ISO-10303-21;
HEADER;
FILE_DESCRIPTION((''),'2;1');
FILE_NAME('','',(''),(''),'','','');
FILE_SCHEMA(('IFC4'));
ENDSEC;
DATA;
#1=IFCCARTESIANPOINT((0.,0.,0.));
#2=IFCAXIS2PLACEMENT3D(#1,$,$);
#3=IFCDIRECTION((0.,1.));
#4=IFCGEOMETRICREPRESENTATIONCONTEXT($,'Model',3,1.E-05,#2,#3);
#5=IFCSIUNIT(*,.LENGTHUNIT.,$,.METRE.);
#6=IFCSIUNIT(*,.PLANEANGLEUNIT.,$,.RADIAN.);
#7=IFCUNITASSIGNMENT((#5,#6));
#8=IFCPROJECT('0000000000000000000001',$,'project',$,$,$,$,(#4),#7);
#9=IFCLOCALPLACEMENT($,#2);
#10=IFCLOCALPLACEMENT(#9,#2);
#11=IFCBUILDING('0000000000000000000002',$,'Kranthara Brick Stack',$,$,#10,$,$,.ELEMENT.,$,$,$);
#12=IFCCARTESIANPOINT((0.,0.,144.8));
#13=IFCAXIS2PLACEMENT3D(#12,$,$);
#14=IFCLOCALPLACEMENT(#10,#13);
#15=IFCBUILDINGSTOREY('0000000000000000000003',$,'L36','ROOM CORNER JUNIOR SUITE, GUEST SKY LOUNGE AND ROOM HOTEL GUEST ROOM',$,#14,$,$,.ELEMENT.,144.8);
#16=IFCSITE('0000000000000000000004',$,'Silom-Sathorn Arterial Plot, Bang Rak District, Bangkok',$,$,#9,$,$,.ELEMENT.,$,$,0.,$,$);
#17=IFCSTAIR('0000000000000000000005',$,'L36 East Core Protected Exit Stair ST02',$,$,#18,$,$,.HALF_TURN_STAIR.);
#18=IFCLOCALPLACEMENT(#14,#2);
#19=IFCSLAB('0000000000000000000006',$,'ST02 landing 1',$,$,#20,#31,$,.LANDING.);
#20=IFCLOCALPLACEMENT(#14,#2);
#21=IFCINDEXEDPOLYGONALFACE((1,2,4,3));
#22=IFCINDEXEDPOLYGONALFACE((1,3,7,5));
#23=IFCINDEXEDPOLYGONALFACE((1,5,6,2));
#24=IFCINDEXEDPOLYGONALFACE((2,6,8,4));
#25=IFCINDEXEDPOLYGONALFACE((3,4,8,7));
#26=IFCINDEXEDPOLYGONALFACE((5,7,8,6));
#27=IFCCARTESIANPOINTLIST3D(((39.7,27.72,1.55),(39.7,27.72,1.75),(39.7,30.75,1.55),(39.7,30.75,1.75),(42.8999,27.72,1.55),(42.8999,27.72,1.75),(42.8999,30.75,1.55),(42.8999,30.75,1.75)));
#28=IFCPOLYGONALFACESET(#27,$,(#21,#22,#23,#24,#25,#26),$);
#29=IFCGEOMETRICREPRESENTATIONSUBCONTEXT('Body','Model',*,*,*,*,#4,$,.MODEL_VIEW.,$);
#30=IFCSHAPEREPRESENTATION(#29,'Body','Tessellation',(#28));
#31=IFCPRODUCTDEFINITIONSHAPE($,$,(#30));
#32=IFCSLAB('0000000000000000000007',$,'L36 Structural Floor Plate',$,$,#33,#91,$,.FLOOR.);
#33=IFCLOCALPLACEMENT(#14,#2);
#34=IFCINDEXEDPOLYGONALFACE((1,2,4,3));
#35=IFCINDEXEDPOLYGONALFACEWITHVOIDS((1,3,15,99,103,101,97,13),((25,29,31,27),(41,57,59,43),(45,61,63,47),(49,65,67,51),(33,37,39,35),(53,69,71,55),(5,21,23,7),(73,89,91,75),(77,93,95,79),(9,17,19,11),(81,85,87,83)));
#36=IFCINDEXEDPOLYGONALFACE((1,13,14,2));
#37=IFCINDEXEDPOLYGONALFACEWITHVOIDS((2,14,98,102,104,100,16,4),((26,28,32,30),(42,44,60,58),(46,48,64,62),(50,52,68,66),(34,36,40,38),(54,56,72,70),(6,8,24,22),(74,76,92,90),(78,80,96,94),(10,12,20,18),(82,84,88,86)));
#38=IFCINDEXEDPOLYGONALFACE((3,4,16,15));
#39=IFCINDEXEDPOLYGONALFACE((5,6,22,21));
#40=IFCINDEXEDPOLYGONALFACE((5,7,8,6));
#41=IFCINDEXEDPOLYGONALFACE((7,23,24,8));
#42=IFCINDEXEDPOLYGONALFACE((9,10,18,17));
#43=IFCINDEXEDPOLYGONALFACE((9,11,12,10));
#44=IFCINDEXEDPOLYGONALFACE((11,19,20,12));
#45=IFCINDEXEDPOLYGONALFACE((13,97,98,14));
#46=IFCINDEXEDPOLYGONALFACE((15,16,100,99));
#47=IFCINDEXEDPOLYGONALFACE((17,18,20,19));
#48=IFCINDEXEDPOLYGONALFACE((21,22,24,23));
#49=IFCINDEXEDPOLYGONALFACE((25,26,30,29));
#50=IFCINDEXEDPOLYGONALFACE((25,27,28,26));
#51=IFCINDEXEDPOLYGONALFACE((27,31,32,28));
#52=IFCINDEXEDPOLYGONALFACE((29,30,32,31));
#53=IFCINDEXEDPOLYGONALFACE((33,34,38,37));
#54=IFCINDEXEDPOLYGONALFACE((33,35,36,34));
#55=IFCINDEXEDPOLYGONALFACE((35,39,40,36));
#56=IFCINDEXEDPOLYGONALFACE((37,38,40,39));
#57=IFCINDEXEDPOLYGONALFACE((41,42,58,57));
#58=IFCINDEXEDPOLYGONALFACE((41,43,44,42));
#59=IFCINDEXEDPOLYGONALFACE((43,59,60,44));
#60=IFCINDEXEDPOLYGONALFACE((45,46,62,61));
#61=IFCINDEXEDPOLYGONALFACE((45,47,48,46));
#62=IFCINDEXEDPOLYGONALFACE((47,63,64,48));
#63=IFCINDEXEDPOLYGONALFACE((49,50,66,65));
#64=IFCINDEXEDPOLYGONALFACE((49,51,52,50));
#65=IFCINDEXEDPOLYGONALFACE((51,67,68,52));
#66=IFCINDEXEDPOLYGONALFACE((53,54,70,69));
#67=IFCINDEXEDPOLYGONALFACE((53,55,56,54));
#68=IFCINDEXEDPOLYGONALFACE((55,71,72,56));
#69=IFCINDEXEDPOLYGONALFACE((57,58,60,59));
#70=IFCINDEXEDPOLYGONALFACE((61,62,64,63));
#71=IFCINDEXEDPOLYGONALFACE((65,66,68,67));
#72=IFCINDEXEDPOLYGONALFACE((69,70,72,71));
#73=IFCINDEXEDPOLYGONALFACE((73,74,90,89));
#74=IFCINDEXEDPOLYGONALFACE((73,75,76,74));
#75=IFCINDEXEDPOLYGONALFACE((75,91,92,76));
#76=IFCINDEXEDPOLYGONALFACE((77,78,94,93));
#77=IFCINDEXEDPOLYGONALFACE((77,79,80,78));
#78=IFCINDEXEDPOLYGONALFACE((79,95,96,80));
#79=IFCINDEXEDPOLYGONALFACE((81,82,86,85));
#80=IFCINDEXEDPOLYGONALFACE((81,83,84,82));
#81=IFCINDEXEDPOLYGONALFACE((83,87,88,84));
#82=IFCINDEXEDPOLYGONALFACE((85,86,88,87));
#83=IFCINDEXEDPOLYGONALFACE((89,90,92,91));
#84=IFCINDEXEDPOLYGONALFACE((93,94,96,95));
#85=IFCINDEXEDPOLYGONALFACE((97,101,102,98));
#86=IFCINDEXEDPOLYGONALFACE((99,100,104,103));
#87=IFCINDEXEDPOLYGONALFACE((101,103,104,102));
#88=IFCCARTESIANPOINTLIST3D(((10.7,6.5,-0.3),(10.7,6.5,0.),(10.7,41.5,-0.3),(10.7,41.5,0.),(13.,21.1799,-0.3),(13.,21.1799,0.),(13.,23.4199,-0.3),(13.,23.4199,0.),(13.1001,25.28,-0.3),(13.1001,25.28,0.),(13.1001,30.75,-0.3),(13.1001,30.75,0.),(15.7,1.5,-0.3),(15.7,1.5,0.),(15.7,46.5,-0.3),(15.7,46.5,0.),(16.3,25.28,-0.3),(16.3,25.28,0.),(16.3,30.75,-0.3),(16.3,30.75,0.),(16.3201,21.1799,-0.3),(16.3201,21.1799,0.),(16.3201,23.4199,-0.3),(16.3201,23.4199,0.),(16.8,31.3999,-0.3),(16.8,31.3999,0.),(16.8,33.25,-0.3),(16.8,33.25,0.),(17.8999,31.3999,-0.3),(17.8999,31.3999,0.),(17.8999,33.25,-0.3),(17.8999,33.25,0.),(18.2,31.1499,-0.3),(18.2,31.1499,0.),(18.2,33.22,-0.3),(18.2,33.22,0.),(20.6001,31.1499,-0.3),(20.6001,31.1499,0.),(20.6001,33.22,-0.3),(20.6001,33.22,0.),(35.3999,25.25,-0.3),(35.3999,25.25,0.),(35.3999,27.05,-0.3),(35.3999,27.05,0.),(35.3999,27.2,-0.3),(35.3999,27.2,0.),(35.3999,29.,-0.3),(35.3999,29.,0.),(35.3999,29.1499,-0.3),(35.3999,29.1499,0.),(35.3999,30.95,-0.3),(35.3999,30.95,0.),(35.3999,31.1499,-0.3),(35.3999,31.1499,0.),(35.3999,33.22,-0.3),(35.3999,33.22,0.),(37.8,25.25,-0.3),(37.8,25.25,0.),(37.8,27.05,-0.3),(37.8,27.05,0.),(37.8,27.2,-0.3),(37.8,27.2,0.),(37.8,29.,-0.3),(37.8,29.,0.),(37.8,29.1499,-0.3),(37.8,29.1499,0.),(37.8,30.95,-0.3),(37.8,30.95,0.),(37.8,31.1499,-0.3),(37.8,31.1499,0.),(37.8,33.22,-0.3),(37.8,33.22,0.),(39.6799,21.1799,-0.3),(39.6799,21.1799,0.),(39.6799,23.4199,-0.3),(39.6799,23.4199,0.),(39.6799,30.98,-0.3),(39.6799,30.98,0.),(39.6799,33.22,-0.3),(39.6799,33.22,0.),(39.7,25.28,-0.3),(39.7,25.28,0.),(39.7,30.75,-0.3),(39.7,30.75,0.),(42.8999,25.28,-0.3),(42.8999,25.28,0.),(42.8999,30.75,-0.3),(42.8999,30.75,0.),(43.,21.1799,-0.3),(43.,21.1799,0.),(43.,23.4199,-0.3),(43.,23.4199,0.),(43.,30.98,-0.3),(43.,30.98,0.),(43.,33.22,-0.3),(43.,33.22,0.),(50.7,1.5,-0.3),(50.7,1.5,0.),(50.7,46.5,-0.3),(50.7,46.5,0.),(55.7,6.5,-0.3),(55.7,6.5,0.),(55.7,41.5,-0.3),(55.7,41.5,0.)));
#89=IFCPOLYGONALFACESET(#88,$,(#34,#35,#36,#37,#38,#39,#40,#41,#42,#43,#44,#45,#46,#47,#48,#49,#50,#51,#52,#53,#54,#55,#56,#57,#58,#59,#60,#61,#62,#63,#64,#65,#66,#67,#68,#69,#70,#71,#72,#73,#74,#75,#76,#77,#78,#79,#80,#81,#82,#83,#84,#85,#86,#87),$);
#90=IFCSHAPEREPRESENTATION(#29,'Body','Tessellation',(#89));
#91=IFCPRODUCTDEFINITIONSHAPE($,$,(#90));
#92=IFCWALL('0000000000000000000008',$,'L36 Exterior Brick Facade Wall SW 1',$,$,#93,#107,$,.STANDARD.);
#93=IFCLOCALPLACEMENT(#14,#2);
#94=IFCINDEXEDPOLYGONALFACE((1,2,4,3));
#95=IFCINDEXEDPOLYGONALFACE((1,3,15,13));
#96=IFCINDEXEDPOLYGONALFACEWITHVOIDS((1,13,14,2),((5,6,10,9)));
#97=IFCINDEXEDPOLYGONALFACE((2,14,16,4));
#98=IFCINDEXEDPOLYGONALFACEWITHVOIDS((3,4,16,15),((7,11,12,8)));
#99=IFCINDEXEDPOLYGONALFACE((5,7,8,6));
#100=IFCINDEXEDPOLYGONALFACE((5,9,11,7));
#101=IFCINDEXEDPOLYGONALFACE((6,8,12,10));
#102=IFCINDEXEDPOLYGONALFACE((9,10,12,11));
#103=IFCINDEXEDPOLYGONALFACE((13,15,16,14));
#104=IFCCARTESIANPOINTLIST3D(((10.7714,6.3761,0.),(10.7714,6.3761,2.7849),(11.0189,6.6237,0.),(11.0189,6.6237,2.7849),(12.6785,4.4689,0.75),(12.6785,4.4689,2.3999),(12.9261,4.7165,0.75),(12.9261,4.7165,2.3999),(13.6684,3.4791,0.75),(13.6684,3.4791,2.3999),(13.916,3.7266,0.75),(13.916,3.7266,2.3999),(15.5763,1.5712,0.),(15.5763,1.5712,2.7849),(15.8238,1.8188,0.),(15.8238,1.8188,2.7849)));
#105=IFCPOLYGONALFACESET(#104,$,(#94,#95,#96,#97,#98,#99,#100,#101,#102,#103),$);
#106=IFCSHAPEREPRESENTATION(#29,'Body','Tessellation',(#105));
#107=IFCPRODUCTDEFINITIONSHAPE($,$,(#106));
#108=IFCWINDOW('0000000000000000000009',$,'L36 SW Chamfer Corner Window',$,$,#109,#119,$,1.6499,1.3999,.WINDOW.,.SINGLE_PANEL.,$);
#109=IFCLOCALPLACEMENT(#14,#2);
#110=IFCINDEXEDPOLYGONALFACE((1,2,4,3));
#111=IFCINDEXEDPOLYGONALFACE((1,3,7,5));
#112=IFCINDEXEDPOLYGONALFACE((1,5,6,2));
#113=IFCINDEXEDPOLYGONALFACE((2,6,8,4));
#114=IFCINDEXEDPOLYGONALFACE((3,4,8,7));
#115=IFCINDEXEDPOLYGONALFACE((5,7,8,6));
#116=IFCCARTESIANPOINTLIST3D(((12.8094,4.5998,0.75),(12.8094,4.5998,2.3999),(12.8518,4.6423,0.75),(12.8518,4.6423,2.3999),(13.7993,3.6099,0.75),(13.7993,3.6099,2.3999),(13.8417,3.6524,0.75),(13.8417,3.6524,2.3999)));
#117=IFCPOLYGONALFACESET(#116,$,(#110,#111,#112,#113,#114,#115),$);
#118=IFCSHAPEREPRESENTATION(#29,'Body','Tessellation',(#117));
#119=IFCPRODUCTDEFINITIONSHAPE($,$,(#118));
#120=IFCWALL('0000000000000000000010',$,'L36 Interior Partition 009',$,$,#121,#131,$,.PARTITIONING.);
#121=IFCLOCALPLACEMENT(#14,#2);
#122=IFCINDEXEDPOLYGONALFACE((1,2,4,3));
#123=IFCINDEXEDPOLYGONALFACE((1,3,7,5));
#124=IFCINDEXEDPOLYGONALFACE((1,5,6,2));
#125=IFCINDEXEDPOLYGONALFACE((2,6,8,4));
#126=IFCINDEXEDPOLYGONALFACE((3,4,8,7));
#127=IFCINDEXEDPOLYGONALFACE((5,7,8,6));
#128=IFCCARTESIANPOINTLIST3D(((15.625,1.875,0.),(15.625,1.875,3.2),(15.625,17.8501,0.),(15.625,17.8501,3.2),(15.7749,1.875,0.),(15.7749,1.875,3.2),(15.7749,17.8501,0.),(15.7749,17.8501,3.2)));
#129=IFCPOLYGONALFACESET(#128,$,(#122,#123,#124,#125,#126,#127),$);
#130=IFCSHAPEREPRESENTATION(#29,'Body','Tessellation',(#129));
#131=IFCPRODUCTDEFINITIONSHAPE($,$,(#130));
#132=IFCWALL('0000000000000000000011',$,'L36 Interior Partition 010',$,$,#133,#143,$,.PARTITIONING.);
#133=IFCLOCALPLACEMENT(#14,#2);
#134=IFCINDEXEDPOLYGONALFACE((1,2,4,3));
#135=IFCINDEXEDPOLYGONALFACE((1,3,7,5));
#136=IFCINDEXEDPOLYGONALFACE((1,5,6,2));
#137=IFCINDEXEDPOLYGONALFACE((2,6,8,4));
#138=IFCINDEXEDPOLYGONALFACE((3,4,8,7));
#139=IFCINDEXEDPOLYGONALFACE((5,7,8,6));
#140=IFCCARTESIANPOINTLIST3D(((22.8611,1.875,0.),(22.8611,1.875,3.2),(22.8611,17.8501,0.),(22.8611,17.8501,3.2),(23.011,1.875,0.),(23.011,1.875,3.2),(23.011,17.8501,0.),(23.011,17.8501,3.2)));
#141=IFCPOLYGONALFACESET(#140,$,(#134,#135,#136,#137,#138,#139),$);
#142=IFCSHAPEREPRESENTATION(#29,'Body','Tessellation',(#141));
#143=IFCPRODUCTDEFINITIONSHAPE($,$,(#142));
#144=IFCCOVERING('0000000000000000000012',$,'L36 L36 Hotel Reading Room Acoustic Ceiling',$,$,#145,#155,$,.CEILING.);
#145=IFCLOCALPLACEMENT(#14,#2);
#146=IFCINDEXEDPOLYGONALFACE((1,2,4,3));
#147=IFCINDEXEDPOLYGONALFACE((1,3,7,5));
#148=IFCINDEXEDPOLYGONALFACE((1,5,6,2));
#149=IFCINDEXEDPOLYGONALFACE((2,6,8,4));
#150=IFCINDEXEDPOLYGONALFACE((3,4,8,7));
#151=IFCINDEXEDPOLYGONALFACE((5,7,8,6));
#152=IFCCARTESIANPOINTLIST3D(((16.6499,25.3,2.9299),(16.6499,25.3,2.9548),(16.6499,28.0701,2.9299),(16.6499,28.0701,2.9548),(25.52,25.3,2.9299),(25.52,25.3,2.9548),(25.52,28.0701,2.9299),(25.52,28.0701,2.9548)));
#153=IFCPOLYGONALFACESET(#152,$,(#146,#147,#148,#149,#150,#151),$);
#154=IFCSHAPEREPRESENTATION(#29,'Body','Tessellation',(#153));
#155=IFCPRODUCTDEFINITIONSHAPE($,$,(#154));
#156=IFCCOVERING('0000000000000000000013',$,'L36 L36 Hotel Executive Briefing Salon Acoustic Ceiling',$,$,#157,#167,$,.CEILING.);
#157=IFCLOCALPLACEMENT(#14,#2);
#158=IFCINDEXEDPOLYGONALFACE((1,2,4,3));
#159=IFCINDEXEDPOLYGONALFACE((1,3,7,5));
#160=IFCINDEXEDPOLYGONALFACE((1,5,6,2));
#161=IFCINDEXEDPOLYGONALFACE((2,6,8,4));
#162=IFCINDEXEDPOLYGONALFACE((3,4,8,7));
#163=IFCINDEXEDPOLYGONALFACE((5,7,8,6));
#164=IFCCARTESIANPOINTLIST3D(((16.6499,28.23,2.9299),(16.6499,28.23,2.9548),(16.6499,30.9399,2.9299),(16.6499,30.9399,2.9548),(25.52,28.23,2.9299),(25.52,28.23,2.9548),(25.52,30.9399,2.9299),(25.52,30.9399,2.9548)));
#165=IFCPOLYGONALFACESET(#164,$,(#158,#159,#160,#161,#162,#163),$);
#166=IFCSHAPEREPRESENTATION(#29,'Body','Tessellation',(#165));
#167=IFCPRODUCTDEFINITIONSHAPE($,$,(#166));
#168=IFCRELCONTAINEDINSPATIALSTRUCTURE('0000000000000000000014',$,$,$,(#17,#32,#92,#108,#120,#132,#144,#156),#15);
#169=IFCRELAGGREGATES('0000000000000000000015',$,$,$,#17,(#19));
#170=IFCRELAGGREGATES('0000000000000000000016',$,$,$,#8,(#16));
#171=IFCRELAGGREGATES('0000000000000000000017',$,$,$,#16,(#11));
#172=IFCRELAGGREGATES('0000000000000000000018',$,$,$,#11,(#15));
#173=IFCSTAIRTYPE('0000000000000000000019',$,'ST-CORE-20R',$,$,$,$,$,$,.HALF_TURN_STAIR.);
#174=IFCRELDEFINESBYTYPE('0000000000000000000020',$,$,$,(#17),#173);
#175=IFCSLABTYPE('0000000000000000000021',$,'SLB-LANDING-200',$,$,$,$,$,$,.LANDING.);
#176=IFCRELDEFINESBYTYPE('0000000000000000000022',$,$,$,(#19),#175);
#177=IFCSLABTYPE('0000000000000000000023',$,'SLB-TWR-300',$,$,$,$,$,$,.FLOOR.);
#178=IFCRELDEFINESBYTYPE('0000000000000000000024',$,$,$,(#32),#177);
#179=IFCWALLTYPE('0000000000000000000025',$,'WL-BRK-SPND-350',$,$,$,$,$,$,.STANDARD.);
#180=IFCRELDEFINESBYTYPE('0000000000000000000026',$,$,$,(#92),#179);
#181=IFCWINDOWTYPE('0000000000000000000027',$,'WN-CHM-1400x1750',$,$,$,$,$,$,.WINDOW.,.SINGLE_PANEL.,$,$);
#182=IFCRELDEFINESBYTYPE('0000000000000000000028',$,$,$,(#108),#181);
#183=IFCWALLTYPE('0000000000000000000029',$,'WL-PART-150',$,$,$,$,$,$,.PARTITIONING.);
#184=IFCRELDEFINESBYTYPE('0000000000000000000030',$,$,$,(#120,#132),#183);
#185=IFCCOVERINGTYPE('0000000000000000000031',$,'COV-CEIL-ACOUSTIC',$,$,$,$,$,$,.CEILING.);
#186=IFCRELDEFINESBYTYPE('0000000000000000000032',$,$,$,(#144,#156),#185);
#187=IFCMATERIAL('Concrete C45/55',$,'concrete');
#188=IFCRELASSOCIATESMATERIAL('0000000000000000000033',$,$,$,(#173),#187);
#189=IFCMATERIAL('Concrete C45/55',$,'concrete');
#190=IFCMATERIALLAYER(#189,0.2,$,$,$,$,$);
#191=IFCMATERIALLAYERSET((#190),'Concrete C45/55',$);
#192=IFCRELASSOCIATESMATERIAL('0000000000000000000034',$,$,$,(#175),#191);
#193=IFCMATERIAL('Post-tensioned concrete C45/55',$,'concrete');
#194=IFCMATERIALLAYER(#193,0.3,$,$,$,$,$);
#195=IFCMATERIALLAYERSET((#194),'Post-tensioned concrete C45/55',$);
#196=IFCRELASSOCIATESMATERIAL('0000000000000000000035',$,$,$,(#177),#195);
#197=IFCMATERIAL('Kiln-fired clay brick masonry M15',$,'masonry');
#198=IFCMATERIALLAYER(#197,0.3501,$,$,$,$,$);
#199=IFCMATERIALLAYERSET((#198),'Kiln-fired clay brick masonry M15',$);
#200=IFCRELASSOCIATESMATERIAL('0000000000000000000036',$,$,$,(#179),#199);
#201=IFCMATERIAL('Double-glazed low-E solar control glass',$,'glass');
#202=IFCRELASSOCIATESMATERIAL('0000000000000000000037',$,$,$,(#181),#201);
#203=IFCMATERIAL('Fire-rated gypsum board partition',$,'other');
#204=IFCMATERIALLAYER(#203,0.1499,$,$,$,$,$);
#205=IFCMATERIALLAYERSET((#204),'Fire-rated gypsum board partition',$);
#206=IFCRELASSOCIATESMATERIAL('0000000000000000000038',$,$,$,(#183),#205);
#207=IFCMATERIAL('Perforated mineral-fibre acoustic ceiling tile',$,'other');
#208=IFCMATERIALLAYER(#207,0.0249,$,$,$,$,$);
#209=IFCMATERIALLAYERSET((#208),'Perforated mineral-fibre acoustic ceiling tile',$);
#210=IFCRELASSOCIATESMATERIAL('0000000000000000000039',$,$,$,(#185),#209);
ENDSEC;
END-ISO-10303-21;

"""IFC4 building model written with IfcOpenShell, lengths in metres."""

from ifc_helpers import new_model, si_unit, direction, frame, frame_2d, origin, place, context, subcontext, project, spatial, polyline, rectangle, outline, extrude, material, layer, layer_set, type_object, element, fill, aggregate, save


model = new_model("IFC4")

# Units and contexts
model_context = context("Model", 3, precision=1e-05, world=origin(), true_north=direction((0.0, 1.0)))
body_context = subcontext(model_context, "Body", "Model", "MODEL_VIEW")
ifc_project = project(units=[si_unit("LENGTHUNIT", "METRE"), si_unit("PLANEANGLEUNIT", "RADIAN")], contexts=[model_context])

# Site, building, storey
site_placement = place(None, origin())
site = spatial("IfcSite", under=ifc_project, at=site_placement, Name="Silom-Sathorn Arterial Plot, Bang Rak District, Bangkok", CompositionType="ELEMENT", RefElevation=0.0)
building_placement = place(site_placement, origin())
building = spatial("IfcBuilding", under=site, at=building_placement, Name="Kranthara Brick Stack", CompositionType="ELEMENT")
storey_placement = place(building_placement, frame((0.0, 0.0, 144.8)))
storey = spatial("IfcBuildingStorey", under=building, at=storey_placement, Name="L36", Description="ROOM CORNER JUNIOR SUITE, GUEST SKY LOUNGE AND ROOM HOTEL GUEST ROOM", CompositionType="ELEMENT", Elevation=144.8)

# Stair, slab
ifc_material_1 = material(Name="Concrete C45/55", Category="concrete")
stair_type = type_object("IfcStairType", Name="ST-CORE-20R", PredefinedType="HALF_TURN_STAIR", material=ifc_material_1)
ifc_material_2 = material(Name="Concrete C45/55", Category="concrete")
ifc_layer_1 = layer(ifc_material_2, 0.2)
ifc_layer_set_1 = layer_set([ifc_layer_1], Name="Concrete C45/55")
slab_type_1 = type_object("IfcSlabType", Name="SLB-LANDING-200", PredefinedType="LANDING", material=ifc_layer_set_1)
stair_1_placement = place(storey_placement, origin())
stair_1 = element("IfcStair", 1, at=stair_1_placement, inside=storey, type_object=stair_type, Name="L36 East Core Protected Exit Stair ST02", PredefinedType="HALF_TURN_STAIR")
slab_1_placement = place(storey_placement, frame((0.0, 0.0, 1.55)))
slab_1 = element("IfcSlab", 2, at=slab_1_placement, type_object=slab_type_1, Name="ST02 landing 1", PredefinedType="LANDING", context=body_context, shape_type="SweptSolid", body=[
    extrude(outline(polyline([(42.8999, 27.72), (42.8999, 30.75), (39.7, 30.75), (39.7, 27.72), (42.8999, 27.72)])), origin(), (0.0, 0.0, 1.0), 0.2),
])
aggregate(stair_1, [slab_1])

# Slab
ifc_material_3 = material(Name="Post-tensioned concrete C45/55", Category="concrete")
ifc_layer_2 = layer(ifc_material_3, 0.3)
ifc_layer_set_2 = layer_set([ifc_layer_2], Name="Post-tensioned concrete C45/55")
slab_type_2 = type_object("IfcSlabType", Name="SLB-TWR-300", PredefinedType="FLOOR", material=ifc_layer_set_2)
slab_2_placement = place(storey_placement, frame((0.0, 0.0, -0.3)))
element("IfcSlab", 3, at=slab_2_placement, inside=storey, type_object=slab_type_2, Name="L36 Structural Floor Plate", PredefinedType="FLOOR", context=body_context, shape_type="SweptSolid", body=[
    extrude(outline(polyline([(15.7, 1.5), (50.7, 1.5), (55.7, 6.5), (55.7, 41.5), (50.7, 46.5), (15.7, 46.5), (10.7, 41.5), (10.7, 6.5), (15.7, 1.5)]), holes=[polyline([(13.1001, 25.28), (16.3, 25.28), (16.3, 30.75), (13.1001, 30.75), (13.1001, 25.28)]), polyline([(39.7, 25.28), (42.8999, 25.28), (42.8999, 30.75), (39.7, 30.75), (39.7, 25.28)]), polyline([(13.0, 21.1799), (16.3201, 21.1799), (16.3201, 23.4199), (13.0, 23.4199), (13.0, 21.1799)]), polyline([(39.6799, 21.1799), (43.0, 21.1799), (43.0, 23.4199), (39.6799, 23.4199), (39.6799, 21.1799)]), polyline([(39.6799, 30.98), (43.0, 30.98), (43.0, 33.22), (39.6799, 33.22), (39.6799, 30.98)]), polyline([(35.3999, 25.25), (37.8, 25.25), (37.8, 27.05), (35.3999, 27.05), (35.3999, 25.25)]), polyline([(35.3999, 27.2), (37.8, 27.2), (37.8, 29.0), (35.3999, 29.0), (35.3999, 27.2)]), polyline([(35.3999, 29.1499), (37.8, 29.1499), (37.8, 30.95), (35.3999, 30.95), (35.3999, 29.1499)]), polyline([(18.2, 31.1499), (20.6001, 31.1499), (20.6001, 33.22), (18.2, 33.22), (18.2, 31.1499)]), polyline([(35.3999, 31.1499), (37.8, 31.1499), (37.8, 33.22), (35.3999, 33.22), (35.3999, 31.1499)]), polyline([(16.8, 31.3999), (17.8999, 31.3999), (17.8999, 33.25), (16.8, 33.25), (16.8, 31.3999)])]), origin(), (0.0, 0.0, 1.0), 0.3),
])

# Wall, opening, window
ifc_material_4 = material(Name="Kiln-fired clay brick masonry M15", Category="masonry")
ifc_layer_3 = layer(ifc_material_4, 0.3501)
ifc_layer_set_3 = layer_set([ifc_layer_3], Name="Kiln-fired clay brick masonry M15")
wall_type_1 = type_object("IfcWallType", Name="WL-BRK-SPND-350", PredefinedType="STANDARD", material=ifc_layer_set_3)
wall_placement = place(storey_placement, frame((15.7, 1.6951, 0.0), z_axis=(0.0, 0.0, 1.0), x_axis=(-0.707107, 0.707107, 0.0)))
wall = element("IfcWall", 4, at=wall_placement, inside=storey, type_object=wall_type_1, Name="L36 Exterior Brick Facade Wall SW 1", PredefinedType="STANDARD", context=body_context, shape_type="SweptSolid", body=[
    extrude(rectangle(XDim=6.7952, YDim=0.3501, at=frame_2d((3.3975, 0.0))), origin(), (0.0, 0.0, 1.0), 2.7849),
])
opening_placement = place(wall_placement, frame((2.698, 0.0, 0.75)))
opening = element("IfcOpeningElement", 5, at=opening_placement, cuts=wall, PredefinedType="OPENING", context=body_context, shape_type="SweptSolid", body=[
    extrude(rectangle(XDim=1.3999, YDim=1.6499, at=frame_2d((0.7, 0.825))), frame((0.0, 0.1851, 0.0), z_axis=(0.0, -1.0, 0.0), x_axis=(1.0, 0.0, 0.0)), (0.0, 0.0, 1.0), 0.3701),
])
ifc_material_5 = material(Name="Double-glazed low-E solar control glass", Category="glass")
window_type = type_object("IfcWindowType", Name="WN-CHM-1400x1750", PartitioningType="SINGLE_PANEL", PredefinedType="WINDOW", material=ifc_material_5)
window_placement = place(opening_placement, origin())
window = element("IfcWindow", 6, at=window_placement, inside=storey, type_object=window_type, Name="L36 SW Chamfer Corner Window", OverallHeight=1.6499, OverallWidth=1.3999, PartitioningType="SINGLE_PANEL", PredefinedType="WINDOW", context=body_context, shape_type="SweptSolid", body=[
    extrude(rectangle(XDim=1.3999, YDim=1.6499, at=frame_2d((0.7, 0.825))), frame((0.0, -0.01, 0.0), z_axis=(0.0, -1.0, 0.0), x_axis=(1.0, 0.0, 0.0)), (0.0, 0.0, 1.0), 0.0601),
])
fill(opening, window)

# Walls
ifc_material_6 = material(Name="Fire-rated gypsum board partition", Category="other")
ifc_layer_4 = layer(ifc_material_6, 0.1499)
ifc_layer_set_4 = layer_set([ifc_layer_4], Name="Fire-rated gypsum board partition")
wall_type_2 = type_object("IfcWallType", Name="WL-PART-150", PredefinedType="PARTITIONING", material=ifc_layer_set_4)
for number, where, z_axis, x_axis, name in (
    (7, (15.7, 1.875, 0.0), (0.0, 0.0, 1.0), (0.0, 1.0, 0.0), "L36 Interior Partition 009"),
    (8, (22.936, 1.875, 0.0), (0.0, 0.0, 1.0), (0.0, 1.0, 0.0), "L36 Interior Partition 010"),
):
    element("IfcWall", number, at=place(storey_placement, frame(where, z_axis=z_axis, x_axis=x_axis)), inside=storey, type_object=wall_type_2, Name=name, PredefinedType="PARTITIONING", context=body_context, shape_type="SweptSolid", body=[
        extrude(rectangle(XDim=15.9751, YDim=0.1499, at=frame_2d((7.9875, 0.0))), origin(), (0.0, 0.0, 1.0), 3.2),
    ])

# Coverings
ifc_material_7 = material(Name="Perforated mineral-fibre acoustic ceiling tile", Category="other")
ifc_layer_5 = layer(ifc_material_7, 0.0249)
ifc_layer_set_5 = layer_set([ifc_layer_5], Name="Perforated mineral-fibre acoustic ceiling tile")
covering_type_1 = type_object("IfcCoveringType", Name="COV-CEIL-ACOUSTIC", PredefinedType="CEILING", material=ifc_layer_set_5)
covering_1_placement = place(storey_placement, frame((0.0, 0.0, 2.9299)))
element("IfcCovering", 9, at=covering_1_placement, inside=storey, type_object=covering_type_1, Name="L36 L36 Hotel Reading Room Acoustic Ceiling", PredefinedType="CEILING", context=body_context, shape_type="SweptSolid", body=[
    extrude(outline(polyline([(25.52, 25.3), (25.52, 28.0701), (16.6499, 28.0701), (16.6499, 25.3), (25.52, 25.3)])), origin(), (0.0, 0.0, 1.0), 0.0249),
])
covering_2_placement = place(storey_placement, frame((0.0, 0.0, 2.9299)))
element("IfcCovering", 10, at=covering_2_placement, inside=storey, type_object=covering_type_1, Name="L36 L36 Hotel Executive Briefing Salon Acoustic Ceiling", PredefinedType="CEILING", context=body_context, shape_type="SweptSolid", body=[
    extrude(outline(polyline([(25.52, 28.23), (25.52, 30.9399), (16.6499, 30.9399), (16.6499, 28.23), (25.52, 28.23)])), origin(), (0.0, 0.0, 1.0), 0.0249),
])

save(model, "model.ifc")
